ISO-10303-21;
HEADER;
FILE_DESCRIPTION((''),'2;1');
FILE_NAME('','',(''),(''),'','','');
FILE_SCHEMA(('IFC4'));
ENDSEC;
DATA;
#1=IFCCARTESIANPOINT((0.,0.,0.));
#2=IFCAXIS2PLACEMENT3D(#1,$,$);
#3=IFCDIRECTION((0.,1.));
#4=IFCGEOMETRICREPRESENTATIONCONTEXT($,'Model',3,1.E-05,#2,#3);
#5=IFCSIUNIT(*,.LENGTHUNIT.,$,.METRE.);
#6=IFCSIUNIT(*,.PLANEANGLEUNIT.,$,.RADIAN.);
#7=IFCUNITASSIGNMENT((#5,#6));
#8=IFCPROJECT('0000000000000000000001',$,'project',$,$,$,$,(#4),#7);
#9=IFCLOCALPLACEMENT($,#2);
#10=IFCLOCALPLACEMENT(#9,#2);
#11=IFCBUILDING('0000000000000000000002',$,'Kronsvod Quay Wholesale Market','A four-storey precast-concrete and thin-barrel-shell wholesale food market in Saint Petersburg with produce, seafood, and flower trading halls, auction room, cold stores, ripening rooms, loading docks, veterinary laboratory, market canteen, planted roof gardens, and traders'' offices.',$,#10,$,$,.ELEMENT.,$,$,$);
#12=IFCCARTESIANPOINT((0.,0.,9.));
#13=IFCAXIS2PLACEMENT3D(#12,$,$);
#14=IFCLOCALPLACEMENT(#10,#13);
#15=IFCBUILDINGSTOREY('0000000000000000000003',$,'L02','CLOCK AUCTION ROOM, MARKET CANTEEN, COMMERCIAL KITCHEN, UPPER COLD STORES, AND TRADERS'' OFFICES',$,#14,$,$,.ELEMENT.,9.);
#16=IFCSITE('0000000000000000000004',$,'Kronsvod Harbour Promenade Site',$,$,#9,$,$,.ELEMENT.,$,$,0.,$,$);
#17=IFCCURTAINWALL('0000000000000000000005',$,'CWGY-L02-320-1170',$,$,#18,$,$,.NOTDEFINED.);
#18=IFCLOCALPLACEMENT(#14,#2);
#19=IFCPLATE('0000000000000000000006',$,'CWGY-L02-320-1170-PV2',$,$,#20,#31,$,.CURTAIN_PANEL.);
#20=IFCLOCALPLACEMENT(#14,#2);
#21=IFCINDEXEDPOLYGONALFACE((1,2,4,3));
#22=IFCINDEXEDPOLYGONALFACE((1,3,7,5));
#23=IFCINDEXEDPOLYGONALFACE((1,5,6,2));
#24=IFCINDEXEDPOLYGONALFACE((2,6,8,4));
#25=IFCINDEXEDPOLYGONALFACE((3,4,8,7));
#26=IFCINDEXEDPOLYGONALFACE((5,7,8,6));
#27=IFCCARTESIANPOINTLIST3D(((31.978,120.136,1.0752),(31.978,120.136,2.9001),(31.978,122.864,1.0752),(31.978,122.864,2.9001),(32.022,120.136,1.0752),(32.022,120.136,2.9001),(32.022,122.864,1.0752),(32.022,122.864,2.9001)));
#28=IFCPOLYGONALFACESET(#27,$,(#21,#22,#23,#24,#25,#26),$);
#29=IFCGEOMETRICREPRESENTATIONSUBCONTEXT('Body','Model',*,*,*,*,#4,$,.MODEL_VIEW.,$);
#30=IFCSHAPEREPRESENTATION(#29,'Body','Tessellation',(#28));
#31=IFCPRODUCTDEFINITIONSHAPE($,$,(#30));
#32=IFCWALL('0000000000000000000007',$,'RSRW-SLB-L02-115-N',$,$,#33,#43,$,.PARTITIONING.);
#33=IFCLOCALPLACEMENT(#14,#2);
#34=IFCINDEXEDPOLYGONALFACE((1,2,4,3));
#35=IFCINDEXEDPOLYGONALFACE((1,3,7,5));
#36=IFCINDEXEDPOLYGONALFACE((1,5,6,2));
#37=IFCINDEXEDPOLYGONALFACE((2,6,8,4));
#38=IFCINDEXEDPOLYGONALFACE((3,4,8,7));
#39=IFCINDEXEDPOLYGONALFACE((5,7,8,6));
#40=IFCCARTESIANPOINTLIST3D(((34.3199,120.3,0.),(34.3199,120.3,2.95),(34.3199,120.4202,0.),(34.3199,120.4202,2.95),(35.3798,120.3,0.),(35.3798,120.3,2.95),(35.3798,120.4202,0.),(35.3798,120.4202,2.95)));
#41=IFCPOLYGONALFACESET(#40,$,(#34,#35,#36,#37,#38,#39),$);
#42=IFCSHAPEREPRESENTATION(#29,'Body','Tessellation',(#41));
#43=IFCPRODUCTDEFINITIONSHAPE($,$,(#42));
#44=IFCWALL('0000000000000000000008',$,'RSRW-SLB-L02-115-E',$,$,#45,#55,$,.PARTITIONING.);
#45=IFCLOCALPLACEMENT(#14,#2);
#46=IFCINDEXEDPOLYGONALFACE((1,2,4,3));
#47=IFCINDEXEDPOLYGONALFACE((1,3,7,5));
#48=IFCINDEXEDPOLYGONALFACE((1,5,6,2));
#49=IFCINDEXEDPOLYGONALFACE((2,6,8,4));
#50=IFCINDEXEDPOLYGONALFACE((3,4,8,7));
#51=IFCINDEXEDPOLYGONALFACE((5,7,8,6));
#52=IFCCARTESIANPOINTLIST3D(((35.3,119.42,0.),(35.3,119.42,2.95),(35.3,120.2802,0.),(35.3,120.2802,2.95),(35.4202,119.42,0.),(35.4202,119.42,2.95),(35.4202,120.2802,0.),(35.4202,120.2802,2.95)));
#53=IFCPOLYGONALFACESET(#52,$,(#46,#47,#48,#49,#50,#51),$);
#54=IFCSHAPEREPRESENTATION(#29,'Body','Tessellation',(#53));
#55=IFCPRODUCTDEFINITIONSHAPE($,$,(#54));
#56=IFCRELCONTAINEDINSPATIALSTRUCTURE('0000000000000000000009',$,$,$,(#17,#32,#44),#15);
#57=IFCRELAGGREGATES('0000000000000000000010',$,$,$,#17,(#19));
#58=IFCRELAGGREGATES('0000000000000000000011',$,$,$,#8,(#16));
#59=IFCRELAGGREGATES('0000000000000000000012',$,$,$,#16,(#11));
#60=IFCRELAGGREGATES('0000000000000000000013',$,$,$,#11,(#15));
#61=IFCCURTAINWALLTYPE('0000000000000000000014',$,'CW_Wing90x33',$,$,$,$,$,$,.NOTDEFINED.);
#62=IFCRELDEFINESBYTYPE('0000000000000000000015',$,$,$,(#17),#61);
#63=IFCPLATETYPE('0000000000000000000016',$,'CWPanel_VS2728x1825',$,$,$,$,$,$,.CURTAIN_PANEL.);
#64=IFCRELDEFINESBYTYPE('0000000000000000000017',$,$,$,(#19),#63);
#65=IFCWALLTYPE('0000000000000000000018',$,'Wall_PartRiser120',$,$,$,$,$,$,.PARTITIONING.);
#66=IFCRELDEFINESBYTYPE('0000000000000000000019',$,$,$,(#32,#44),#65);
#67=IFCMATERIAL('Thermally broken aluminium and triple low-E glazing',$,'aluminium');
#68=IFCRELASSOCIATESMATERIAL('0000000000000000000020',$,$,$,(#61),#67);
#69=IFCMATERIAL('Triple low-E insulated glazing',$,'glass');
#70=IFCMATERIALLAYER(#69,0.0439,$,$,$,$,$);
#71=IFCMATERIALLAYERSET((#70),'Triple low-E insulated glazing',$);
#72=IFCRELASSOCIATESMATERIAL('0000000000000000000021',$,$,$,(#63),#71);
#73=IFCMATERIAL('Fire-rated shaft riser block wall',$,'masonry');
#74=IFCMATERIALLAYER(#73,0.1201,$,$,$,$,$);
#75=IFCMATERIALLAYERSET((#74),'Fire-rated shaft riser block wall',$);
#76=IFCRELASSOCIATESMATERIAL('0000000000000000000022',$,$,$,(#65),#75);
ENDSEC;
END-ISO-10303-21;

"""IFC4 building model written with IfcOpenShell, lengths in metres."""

from ifc_helpers import new_model, si_unit, direction, frame, frame_2d, origin, origin_2d, place, context, subcontext, project, spatial, rectangle, extrude, material, layer, layer_set, type_object, element, aggregate, save


model = new_model("IFC4")

# Units and contexts
model_context = context("Model", 3, precision=1e-05, world=origin(), true_north=direction((0.0, 1.0)))
body_context = subcontext(model_context, "Body", "Model", "MODEL_VIEW")
ifc_project = project(units=[si_unit("LENGTHUNIT", "METRE"), si_unit("PLANEANGLEUNIT", "RADIAN")], contexts=[model_context])

# Site, building, storey
site_placement = place(None, origin())
site = spatial("IfcSite", under=ifc_project, at=site_placement, Name="Kronsvod Harbour Promenade Site", CompositionType="ELEMENT", RefElevation=0.0)
building_placement = place(site_placement, origin())
building = spatial("IfcBuilding", under=site, at=building_placement, Name="Kronsvod Quay Wholesale Market", Description="A four-storey precast-concrete and thin-barrel-shell wholesale food market in Saint Petersburg with produce, seafood, and flower trading halls, auction room, cold stores, ripening rooms, loading docks, veterinary laboratory, market canteen, planted roof gardens, and traders' offices.", CompositionType="ELEMENT")
storey_placement = place(building_placement, frame((0.0, 0.0, 9.0)))
storey = spatial("IfcBuildingStorey", under=building, at=storey_placement, Name="L02", Description="CLOCK AUCTION ROOM, MARKET CANTEEN, COMMERCIAL KITCHEN, UPPER COLD STORES, AND TRADERS' OFFICES", CompositionType="ELEMENT", Elevation=9.0)

# Curtain wall
ifc_material_1 = material(Name="Thermally broken aluminium and triple low-E glazing", Category="aluminium")
curtain_wall_type_1 = type_object("IfcCurtainWallType", Name="CW_Wing90x33", PredefinedType="NOTDEFINED", material=ifc_material_1)
curtain_wall_1_placement = place(storey_placement, origin())
curtain_wall_1 = element("IfcCurtainWall", 1, at=curtain_wall_1_placement, inside=storey, type_object=curtain_wall_type_1, Name="CWGY-L02-320-1170", PredefinedType="NOTDEFINED")

# Plate
ifc_material_2 = material(Name="Triple low-E insulated glazing", Category="glass")
ifc_layer_1 = layer(ifc_material_2, 0.0439)
ifc_layer_set_1 = layer_set([ifc_layer_1], Name="Triple low-E insulated glazing")
plate_type_1 = type_object("IfcPlateType", Name="CWPanel_VS2728x1825", PredefinedType="CURTAIN_PANEL", material=ifc_layer_set_1)
plate_1_placement = place(storey_placement, frame((32.0, 121.5, 1.0752), z_axis=(0.0, 0.0, 1.0), x_axis=(0.0, -1.0, 0.0)))
plate_1 = element("IfcPlate", 2, at=plate_1_placement, type_object=plate_type_1, Name="CWGY-L02-320-1170-PV2", PredefinedType="CURTAIN_PANEL", context=body_context, shape_type="SweptSolid", body=[
    extrude(rectangle(XDim=2.728, YDim=0.0439, at=origin_2d()), origin(), (0.0, 0.0, 1.0), 1.825),
])
aggregate(curtain_wall_1, [plate_1])

# Walls
ifc_material_3 = material(Name="Fire-rated shaft riser block wall", Category="masonry")
ifc_layer_2 = layer(ifc_material_3, 0.1201)
ifc_layer_set_2 = layer_set([ifc_layer_2], Name="Fire-rated shaft riser block wall")
wall_type = type_object("IfcWallType", Name="Wall_PartRiser120", PredefinedType="PARTITIONING", material=ifc_layer_set_2)
wall_1_placement = place(storey_placement, frame((34.3201, 120.3601, 0.0), z_axis=(0.0, 0.0, 1.0), x_axis=(1.0, 0.0, 0.0)))
element("IfcWall", 3, at=wall_1_placement, inside=storey, type_object=wall_type, Name="RSRW-SLB-L02-115-N", PredefinedType="PARTITIONING", context=body_context, shape_type="SweptSolid", body=[
    extrude(rectangle(XDim=1.0598, YDim=0.1201, at=frame_2d((0.5298, 0.0))), origin(), (0.0, 0.0, 1.0), 2.95),
])
wall_2_placement = place(storey_placement, frame((35.3601, 119.4199, 0.0), z_axis=(0.0, 0.0, 1.0), x_axis=(0.0, 1.0, 0.0)))
element("IfcWall", 4, at=wall_2_placement, inside=storey, type_object=wall_type, Name="RSRW-SLB-L02-115-E", PredefinedType="PARTITIONING", context=body_context, shape_type="SweptSolid", body=[
    extrude(rectangle(XDim=0.8601, YDim=0.1201, at=frame_2d((0.4302, 0.0))), origin(), (0.0, 0.0, 1.0), 2.95),
])

save(model, "model.ifc")
